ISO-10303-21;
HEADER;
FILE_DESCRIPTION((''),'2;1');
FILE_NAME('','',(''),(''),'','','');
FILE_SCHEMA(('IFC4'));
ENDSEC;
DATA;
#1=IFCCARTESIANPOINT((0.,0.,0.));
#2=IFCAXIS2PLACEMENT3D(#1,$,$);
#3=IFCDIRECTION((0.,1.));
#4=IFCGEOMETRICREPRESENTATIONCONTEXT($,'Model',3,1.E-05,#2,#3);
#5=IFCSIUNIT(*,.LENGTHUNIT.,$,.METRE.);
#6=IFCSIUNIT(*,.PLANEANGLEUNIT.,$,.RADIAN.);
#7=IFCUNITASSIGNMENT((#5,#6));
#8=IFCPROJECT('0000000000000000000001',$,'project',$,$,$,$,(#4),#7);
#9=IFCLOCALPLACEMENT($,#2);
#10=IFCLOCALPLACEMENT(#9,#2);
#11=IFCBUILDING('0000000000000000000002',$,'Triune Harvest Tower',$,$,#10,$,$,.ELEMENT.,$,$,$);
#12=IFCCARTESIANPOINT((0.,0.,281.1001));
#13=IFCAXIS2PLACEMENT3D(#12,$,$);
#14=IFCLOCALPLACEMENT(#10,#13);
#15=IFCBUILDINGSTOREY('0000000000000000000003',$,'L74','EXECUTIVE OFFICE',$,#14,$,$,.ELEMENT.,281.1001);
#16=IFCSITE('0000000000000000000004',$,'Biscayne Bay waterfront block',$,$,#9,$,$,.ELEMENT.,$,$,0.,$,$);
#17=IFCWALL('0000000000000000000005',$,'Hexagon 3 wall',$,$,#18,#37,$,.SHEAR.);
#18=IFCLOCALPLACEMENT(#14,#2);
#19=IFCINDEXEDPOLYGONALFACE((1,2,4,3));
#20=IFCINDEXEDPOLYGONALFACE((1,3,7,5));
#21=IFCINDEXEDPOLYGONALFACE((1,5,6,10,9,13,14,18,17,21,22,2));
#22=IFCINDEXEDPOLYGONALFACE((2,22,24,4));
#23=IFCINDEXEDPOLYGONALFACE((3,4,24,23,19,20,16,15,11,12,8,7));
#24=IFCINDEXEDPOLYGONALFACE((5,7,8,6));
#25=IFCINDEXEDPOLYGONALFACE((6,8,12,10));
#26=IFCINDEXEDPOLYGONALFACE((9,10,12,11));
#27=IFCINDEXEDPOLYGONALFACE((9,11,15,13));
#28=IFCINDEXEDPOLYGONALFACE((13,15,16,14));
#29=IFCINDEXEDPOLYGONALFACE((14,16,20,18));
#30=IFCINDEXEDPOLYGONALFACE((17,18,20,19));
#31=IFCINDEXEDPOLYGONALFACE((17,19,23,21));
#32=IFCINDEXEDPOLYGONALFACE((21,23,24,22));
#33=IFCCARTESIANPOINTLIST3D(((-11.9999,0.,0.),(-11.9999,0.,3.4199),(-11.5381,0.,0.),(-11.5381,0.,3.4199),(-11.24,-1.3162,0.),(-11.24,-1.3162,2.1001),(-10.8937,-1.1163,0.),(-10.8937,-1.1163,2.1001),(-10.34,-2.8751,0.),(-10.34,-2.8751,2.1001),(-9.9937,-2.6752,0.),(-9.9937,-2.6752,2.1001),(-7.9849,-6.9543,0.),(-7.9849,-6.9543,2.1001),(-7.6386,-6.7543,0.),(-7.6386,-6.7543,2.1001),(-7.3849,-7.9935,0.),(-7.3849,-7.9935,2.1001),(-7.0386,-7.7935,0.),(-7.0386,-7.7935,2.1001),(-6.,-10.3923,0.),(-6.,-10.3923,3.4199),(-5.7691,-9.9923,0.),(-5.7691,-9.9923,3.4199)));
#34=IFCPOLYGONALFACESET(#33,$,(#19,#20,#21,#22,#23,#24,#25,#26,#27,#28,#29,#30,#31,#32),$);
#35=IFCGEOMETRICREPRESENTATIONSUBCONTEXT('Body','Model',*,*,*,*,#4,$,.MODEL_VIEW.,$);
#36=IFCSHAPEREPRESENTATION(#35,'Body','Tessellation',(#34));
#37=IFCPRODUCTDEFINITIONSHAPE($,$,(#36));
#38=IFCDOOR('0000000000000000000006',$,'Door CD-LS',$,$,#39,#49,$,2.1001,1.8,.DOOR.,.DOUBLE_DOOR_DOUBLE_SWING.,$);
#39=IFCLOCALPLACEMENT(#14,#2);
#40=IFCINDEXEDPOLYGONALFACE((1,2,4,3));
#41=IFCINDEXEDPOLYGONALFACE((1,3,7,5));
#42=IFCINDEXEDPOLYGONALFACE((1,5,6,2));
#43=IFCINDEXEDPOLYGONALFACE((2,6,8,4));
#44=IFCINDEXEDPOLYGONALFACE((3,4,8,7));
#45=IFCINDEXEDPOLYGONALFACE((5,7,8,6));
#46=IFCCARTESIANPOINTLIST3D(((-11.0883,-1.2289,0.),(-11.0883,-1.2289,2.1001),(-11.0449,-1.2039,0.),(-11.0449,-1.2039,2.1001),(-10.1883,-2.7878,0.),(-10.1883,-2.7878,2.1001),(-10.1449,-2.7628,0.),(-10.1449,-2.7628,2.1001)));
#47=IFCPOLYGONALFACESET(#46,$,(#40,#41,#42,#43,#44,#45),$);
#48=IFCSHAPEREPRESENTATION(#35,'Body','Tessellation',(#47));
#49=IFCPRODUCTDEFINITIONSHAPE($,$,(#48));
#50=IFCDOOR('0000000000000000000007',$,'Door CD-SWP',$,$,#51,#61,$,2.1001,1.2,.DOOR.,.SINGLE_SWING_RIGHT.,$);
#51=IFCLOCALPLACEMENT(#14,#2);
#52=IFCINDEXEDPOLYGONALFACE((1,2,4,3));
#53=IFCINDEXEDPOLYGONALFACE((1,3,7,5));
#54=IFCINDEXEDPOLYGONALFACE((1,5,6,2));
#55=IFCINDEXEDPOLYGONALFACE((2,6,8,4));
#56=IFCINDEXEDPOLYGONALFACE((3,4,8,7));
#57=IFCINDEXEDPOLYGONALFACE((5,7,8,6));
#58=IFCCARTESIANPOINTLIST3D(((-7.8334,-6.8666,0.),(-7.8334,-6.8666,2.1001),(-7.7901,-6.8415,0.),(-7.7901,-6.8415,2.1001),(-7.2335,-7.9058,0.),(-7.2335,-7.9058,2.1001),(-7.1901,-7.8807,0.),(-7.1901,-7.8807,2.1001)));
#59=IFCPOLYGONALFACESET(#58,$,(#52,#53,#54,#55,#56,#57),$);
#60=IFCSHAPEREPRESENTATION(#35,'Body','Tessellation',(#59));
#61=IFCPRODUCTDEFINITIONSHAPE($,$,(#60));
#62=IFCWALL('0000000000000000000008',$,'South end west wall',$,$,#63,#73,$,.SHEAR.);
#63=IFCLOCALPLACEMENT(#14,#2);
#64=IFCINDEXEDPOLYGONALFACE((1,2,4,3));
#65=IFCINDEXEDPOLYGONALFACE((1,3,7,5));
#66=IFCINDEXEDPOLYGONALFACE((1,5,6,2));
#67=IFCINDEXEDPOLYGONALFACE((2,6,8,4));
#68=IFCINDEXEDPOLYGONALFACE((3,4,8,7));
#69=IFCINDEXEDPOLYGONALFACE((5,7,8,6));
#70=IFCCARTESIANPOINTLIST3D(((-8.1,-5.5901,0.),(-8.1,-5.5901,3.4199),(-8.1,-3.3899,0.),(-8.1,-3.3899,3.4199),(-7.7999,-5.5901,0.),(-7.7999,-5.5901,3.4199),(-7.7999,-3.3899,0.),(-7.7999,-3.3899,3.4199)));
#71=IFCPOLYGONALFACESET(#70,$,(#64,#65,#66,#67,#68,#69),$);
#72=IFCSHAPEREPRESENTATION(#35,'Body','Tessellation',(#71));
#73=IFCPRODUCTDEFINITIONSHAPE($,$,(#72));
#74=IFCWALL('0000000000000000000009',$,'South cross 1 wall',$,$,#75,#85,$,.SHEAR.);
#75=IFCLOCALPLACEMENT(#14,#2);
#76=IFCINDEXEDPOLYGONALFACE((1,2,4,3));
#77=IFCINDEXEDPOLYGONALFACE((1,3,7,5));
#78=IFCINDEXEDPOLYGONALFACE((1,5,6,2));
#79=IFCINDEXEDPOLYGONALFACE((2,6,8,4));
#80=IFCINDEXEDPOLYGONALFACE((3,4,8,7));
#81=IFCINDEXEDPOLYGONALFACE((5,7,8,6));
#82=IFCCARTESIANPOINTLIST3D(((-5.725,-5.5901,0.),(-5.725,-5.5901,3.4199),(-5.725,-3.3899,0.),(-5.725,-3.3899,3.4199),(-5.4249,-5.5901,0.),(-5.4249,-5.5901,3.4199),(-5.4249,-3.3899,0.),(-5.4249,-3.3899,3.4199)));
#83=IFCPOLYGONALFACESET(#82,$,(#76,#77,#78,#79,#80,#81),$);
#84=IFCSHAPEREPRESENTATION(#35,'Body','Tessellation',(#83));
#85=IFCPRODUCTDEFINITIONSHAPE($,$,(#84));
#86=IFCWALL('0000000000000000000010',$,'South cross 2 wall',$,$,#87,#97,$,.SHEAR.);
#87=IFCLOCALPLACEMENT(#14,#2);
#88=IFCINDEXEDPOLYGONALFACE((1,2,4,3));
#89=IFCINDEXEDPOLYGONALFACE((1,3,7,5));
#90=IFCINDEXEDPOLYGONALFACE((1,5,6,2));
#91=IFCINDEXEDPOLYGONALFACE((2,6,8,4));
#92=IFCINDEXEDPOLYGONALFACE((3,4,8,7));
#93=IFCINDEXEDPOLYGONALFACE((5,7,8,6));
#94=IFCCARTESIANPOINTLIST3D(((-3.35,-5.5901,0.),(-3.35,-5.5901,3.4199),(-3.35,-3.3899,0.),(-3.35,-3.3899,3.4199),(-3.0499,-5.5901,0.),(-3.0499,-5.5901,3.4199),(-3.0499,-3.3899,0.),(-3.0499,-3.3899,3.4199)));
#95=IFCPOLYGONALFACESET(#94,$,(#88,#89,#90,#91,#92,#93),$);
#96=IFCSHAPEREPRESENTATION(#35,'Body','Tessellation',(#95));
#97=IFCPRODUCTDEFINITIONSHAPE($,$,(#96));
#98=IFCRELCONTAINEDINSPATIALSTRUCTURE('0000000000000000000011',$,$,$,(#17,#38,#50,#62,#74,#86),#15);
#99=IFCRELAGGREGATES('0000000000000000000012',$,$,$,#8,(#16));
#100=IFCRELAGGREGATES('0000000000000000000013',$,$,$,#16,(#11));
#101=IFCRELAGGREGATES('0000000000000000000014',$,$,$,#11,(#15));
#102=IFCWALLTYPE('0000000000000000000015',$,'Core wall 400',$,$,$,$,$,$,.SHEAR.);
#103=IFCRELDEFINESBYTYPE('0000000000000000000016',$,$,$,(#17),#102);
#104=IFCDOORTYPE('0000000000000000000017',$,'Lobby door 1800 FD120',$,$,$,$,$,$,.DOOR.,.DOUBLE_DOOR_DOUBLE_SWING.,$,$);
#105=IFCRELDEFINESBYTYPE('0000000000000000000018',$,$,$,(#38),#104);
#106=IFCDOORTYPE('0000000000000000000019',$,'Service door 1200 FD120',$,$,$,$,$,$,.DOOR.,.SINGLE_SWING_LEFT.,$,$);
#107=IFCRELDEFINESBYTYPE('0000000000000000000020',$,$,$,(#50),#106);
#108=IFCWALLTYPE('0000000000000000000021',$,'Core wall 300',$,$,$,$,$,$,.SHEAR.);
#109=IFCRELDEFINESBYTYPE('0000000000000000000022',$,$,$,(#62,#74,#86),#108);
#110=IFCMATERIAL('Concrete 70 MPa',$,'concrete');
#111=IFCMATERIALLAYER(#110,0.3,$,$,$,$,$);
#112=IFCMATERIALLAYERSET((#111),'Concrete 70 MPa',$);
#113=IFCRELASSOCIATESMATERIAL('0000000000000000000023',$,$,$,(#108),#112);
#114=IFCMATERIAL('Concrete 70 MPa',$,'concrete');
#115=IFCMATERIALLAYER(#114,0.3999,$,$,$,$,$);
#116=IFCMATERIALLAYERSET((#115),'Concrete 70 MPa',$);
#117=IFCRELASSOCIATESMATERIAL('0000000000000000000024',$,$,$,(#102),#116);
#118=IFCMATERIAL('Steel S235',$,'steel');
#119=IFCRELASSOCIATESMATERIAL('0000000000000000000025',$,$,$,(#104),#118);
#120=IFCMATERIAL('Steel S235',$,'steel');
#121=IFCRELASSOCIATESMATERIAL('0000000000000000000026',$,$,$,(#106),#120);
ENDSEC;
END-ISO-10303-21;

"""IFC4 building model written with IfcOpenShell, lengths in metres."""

from ifc_helpers import new_model, si_unit, direction, frame, frame_2d, origin, place, context, subcontext, project, spatial, polyline, rectangle, outline, extrude, source, transform, mapped, material, layer, layer_set, type_object, element, fill, save


model = new_model("IFC4")

# Units and contexts
model_context = context("Model", 3, precision=1e-05, world=origin(), true_north=direction((0.0, 1.0)))
body_context = subcontext(model_context, "Body", "Model", "MODEL_VIEW")
ifc_project = project(units=[si_unit("LENGTHUNIT", "METRE"), si_unit("PLANEANGLEUNIT", "RADIAN")], contexts=[model_context])

# Site, building, storey
site_placement = place(None, origin())
site = spatial("IfcSite", under=ifc_project, at=site_placement, Name="Biscayne Bay waterfront block", CompositionType="ELEMENT", RefElevation=0.0)
building_placement = place(site_placement, origin())
building = spatial("IfcBuilding", under=site, at=building_placement, Name="Triune Harvest Tower", CompositionType="ELEMENT")
storey_placement = place(building_placement, frame((0.0, 0.0, 281.1001)))
storey = spatial("IfcBuildingStorey", under=building, at=storey_placement, Name="L74", Description="EXECUTIVE OFFICE", CompositionType="ELEMENT", Elevation=281.1001)

# Shared definitions
ifc_material_1 = material(Name="Concrete 70 MPa", Category="concrete")
ifc_layer_1 = layer(ifc_material_1, 0.3)
ifc_layer_set_1 = layer_set([ifc_layer_1], Name="Concrete 70 MPa")
wall_type_1 = type_object("IfcWallType", Name="Core wall 300", PredefinedType="SHEAR", material=ifc_layer_set_1)

# Wall, openings, doors
ifc_material_2 = material(Name="Concrete 70 MPa", Category="concrete")
ifc_layer_2 = layer(ifc_material_2, 0.3999)
ifc_layer_set_2 = layer_set([ifc_layer_2], Name="Concrete 70 MPa")
wall_type_2 = type_object("IfcWallType", Name="Core wall 400", PredefinedType="SHEAR", material=ifc_layer_set_2)
shared_shape_1 = source(origin(), body_context, "Body", "SweptSolid", [
    extrude(outline(polyline([(-0.1155, -0.2), (11.8845, -0.2), (11.6536, 0.2), (0.1155, 0.2), (-0.1155, -0.2)])), origin(), (0.0, 0.0, 1.0), 3.4199),
])
wall_1_placement = place(storey_placement, frame((-11.769, 0.0, 0.0), z_axis=(0.0, 0.0, 1.0), x_axis=(0.499997, -0.866027, 0.0)))
wall_1 = element("IfcWall", 1, at=wall_1_placement, inside=storey, type_object=wall_type_2, Name="Hexagon 3 wall", PredefinedType="SHEAR", context=body_context, shape_type="MappedRepresentation", body=[
    mapped(shared_shape_1, transform((0.0, 0.0, 0.0), scale=1.0)),
])
opening_1_placement = place(wall_1_placement, frame((1.4045, 0.0, 0.0)))
opening_1 = element("IfcOpeningElement", 2, at=opening_1_placement, cuts=wall_1, PredefinedType="OPENING", context=body_context, shape_type="SweptSolid", body=[
    extrude(rectangle(XDim=1.8, YDim=2.1001, at=frame_2d((0.8999, 1.05))), frame((0.0, 0.21, 0.0), z_axis=(0.0, -1.0, 0.0), x_axis=(1.0, 0.0, 0.0)), (0.0, 0.0, 1.0), 0.4199),
])
opening_2_placement = place(wall_1_placement, frame((7.9146, 0.0, 0.0)))
opening_2 = element("IfcOpeningElement", 3, at=opening_2_placement, cuts=wall_1, PredefinedType="OPENING", context=body_context, shape_type="SweptSolid", body=[
    extrude(rectangle(XDim=1.2, YDim=2.1001, at=frame_2d((0.6001, 1.05))), frame((0.0, 0.21, 0.0), z_axis=(0.0, -1.0, 0.0), x_axis=(1.0, 0.0, 0.0)), (0.0, 0.0, 1.0), 0.4199),
])
ifc_material_3 = material(Name="Steel S235", Category="steel")
door_type_1 = type_object("IfcDoorType", Name="Lobby door 1800 FD120", OperationType="DOUBLE_DOOR_DOUBLE_SWING", PredefinedType="DOOR", material=ifc_material_3)
door_1_placement = place(opening_1_placement, frame((1.8, 0.0, 0.0), z_axis=(0.0, 0.0, 1.0), x_axis=(-1.0, 0.0, 0.0)))
door_1 = element("IfcDoor", 4, at=door_1_placement, inside=storey, type_object=door_type_1, Name="Door CD-LS", OperationType="DOUBLE_DOOR_DOUBLE_SWING", OverallHeight=2.1001, OverallWidth=1.8, PredefinedType="DOOR", context=body_context, shape_type="SweptSolid", body=[
    extrude(rectangle(XDim=1.8, YDim=2.1001, at=frame_2d((0.8999, 1.05))), frame((0.0, 0.0249, 0.0), z_axis=(0.0, -1.0, 0.0), x_axis=(1.0, 0.0, 0.0)), (0.0, 0.0, 1.0), 0.05),
])
fill(opening_1, door_1)
ifc_material_4 = material(Name="Steel S235", Category="steel")
door_type_2 = type_object("IfcDoorType", Name="Service door 1200 FD120", OperationType="SINGLE_SWING_LEFT", PredefinedType="DOOR", material=ifc_material_4)
door_2_placement = place(opening_2_placement, frame((1.2, 0.0, 0.0), z_axis=(0.0, 0.0, 1.0), x_axis=(-1.0, 0.0, 0.0)))
door_2 = element("IfcDoor", 5, at=door_2_placement, inside=storey, type_object=door_type_2, Name="Door CD-SWP", OperationType="SINGLE_SWING_RIGHT", OverallHeight=2.1001, OverallWidth=1.2, PredefinedType="DOOR", context=body_context, shape_type="SweptSolid", body=[
    extrude(rectangle(XDim=1.2, YDim=2.1001, at=frame_2d((0.6001, 1.05))), frame((0.0, 0.0249, 0.0), z_axis=(0.0, -1.0, 0.0), x_axis=(1.0, 0.0, 0.0)), (0.0, 0.0, 1.0), 0.05),
])
fill(opening_2, door_2)

# Walls
shared_shape_2 = source(origin(), body_context, "Body", "SweptSolid", [
    extrude(rectangle(XDim=2.2002, YDim=0.3, at=frame_2d((1.1001, 0.0))), origin(), (0.0, 0.0, 1.0), 3.4199),
])
for number, where, z_axis, x_axis, name in (
    (6, (-7.95, -5.5901, 0.0), (0.0, 0.0, 1.0), (0.0, 1.0, 0.0), "South end west wall"),
    (7, (-5.575, -5.5901, 0.0), (0.0, 0.0, 1.0), (0.0, 1.0, 0.0), "South cross 1 wall"),
    (8, (-3.2, -5.5901, 0.0), (0.0, 0.0, 1.0), (0.0, 1.0, 0.0), "South cross 2 wall"),
):
    element("IfcWall", number, at=place(storey_placement, frame(where, z_axis=z_axis, x_axis=x_axis)), inside=storey, type_object=wall_type_1, Name=name, PredefinedType="SHEAR", context=body_context, shape_type="MappedRepresentation", body=[
        mapped(shared_shape_2, transform((0.0, 0.0, 0.0), scale=1.0)),
    ])

save(model, "model.ifc")
